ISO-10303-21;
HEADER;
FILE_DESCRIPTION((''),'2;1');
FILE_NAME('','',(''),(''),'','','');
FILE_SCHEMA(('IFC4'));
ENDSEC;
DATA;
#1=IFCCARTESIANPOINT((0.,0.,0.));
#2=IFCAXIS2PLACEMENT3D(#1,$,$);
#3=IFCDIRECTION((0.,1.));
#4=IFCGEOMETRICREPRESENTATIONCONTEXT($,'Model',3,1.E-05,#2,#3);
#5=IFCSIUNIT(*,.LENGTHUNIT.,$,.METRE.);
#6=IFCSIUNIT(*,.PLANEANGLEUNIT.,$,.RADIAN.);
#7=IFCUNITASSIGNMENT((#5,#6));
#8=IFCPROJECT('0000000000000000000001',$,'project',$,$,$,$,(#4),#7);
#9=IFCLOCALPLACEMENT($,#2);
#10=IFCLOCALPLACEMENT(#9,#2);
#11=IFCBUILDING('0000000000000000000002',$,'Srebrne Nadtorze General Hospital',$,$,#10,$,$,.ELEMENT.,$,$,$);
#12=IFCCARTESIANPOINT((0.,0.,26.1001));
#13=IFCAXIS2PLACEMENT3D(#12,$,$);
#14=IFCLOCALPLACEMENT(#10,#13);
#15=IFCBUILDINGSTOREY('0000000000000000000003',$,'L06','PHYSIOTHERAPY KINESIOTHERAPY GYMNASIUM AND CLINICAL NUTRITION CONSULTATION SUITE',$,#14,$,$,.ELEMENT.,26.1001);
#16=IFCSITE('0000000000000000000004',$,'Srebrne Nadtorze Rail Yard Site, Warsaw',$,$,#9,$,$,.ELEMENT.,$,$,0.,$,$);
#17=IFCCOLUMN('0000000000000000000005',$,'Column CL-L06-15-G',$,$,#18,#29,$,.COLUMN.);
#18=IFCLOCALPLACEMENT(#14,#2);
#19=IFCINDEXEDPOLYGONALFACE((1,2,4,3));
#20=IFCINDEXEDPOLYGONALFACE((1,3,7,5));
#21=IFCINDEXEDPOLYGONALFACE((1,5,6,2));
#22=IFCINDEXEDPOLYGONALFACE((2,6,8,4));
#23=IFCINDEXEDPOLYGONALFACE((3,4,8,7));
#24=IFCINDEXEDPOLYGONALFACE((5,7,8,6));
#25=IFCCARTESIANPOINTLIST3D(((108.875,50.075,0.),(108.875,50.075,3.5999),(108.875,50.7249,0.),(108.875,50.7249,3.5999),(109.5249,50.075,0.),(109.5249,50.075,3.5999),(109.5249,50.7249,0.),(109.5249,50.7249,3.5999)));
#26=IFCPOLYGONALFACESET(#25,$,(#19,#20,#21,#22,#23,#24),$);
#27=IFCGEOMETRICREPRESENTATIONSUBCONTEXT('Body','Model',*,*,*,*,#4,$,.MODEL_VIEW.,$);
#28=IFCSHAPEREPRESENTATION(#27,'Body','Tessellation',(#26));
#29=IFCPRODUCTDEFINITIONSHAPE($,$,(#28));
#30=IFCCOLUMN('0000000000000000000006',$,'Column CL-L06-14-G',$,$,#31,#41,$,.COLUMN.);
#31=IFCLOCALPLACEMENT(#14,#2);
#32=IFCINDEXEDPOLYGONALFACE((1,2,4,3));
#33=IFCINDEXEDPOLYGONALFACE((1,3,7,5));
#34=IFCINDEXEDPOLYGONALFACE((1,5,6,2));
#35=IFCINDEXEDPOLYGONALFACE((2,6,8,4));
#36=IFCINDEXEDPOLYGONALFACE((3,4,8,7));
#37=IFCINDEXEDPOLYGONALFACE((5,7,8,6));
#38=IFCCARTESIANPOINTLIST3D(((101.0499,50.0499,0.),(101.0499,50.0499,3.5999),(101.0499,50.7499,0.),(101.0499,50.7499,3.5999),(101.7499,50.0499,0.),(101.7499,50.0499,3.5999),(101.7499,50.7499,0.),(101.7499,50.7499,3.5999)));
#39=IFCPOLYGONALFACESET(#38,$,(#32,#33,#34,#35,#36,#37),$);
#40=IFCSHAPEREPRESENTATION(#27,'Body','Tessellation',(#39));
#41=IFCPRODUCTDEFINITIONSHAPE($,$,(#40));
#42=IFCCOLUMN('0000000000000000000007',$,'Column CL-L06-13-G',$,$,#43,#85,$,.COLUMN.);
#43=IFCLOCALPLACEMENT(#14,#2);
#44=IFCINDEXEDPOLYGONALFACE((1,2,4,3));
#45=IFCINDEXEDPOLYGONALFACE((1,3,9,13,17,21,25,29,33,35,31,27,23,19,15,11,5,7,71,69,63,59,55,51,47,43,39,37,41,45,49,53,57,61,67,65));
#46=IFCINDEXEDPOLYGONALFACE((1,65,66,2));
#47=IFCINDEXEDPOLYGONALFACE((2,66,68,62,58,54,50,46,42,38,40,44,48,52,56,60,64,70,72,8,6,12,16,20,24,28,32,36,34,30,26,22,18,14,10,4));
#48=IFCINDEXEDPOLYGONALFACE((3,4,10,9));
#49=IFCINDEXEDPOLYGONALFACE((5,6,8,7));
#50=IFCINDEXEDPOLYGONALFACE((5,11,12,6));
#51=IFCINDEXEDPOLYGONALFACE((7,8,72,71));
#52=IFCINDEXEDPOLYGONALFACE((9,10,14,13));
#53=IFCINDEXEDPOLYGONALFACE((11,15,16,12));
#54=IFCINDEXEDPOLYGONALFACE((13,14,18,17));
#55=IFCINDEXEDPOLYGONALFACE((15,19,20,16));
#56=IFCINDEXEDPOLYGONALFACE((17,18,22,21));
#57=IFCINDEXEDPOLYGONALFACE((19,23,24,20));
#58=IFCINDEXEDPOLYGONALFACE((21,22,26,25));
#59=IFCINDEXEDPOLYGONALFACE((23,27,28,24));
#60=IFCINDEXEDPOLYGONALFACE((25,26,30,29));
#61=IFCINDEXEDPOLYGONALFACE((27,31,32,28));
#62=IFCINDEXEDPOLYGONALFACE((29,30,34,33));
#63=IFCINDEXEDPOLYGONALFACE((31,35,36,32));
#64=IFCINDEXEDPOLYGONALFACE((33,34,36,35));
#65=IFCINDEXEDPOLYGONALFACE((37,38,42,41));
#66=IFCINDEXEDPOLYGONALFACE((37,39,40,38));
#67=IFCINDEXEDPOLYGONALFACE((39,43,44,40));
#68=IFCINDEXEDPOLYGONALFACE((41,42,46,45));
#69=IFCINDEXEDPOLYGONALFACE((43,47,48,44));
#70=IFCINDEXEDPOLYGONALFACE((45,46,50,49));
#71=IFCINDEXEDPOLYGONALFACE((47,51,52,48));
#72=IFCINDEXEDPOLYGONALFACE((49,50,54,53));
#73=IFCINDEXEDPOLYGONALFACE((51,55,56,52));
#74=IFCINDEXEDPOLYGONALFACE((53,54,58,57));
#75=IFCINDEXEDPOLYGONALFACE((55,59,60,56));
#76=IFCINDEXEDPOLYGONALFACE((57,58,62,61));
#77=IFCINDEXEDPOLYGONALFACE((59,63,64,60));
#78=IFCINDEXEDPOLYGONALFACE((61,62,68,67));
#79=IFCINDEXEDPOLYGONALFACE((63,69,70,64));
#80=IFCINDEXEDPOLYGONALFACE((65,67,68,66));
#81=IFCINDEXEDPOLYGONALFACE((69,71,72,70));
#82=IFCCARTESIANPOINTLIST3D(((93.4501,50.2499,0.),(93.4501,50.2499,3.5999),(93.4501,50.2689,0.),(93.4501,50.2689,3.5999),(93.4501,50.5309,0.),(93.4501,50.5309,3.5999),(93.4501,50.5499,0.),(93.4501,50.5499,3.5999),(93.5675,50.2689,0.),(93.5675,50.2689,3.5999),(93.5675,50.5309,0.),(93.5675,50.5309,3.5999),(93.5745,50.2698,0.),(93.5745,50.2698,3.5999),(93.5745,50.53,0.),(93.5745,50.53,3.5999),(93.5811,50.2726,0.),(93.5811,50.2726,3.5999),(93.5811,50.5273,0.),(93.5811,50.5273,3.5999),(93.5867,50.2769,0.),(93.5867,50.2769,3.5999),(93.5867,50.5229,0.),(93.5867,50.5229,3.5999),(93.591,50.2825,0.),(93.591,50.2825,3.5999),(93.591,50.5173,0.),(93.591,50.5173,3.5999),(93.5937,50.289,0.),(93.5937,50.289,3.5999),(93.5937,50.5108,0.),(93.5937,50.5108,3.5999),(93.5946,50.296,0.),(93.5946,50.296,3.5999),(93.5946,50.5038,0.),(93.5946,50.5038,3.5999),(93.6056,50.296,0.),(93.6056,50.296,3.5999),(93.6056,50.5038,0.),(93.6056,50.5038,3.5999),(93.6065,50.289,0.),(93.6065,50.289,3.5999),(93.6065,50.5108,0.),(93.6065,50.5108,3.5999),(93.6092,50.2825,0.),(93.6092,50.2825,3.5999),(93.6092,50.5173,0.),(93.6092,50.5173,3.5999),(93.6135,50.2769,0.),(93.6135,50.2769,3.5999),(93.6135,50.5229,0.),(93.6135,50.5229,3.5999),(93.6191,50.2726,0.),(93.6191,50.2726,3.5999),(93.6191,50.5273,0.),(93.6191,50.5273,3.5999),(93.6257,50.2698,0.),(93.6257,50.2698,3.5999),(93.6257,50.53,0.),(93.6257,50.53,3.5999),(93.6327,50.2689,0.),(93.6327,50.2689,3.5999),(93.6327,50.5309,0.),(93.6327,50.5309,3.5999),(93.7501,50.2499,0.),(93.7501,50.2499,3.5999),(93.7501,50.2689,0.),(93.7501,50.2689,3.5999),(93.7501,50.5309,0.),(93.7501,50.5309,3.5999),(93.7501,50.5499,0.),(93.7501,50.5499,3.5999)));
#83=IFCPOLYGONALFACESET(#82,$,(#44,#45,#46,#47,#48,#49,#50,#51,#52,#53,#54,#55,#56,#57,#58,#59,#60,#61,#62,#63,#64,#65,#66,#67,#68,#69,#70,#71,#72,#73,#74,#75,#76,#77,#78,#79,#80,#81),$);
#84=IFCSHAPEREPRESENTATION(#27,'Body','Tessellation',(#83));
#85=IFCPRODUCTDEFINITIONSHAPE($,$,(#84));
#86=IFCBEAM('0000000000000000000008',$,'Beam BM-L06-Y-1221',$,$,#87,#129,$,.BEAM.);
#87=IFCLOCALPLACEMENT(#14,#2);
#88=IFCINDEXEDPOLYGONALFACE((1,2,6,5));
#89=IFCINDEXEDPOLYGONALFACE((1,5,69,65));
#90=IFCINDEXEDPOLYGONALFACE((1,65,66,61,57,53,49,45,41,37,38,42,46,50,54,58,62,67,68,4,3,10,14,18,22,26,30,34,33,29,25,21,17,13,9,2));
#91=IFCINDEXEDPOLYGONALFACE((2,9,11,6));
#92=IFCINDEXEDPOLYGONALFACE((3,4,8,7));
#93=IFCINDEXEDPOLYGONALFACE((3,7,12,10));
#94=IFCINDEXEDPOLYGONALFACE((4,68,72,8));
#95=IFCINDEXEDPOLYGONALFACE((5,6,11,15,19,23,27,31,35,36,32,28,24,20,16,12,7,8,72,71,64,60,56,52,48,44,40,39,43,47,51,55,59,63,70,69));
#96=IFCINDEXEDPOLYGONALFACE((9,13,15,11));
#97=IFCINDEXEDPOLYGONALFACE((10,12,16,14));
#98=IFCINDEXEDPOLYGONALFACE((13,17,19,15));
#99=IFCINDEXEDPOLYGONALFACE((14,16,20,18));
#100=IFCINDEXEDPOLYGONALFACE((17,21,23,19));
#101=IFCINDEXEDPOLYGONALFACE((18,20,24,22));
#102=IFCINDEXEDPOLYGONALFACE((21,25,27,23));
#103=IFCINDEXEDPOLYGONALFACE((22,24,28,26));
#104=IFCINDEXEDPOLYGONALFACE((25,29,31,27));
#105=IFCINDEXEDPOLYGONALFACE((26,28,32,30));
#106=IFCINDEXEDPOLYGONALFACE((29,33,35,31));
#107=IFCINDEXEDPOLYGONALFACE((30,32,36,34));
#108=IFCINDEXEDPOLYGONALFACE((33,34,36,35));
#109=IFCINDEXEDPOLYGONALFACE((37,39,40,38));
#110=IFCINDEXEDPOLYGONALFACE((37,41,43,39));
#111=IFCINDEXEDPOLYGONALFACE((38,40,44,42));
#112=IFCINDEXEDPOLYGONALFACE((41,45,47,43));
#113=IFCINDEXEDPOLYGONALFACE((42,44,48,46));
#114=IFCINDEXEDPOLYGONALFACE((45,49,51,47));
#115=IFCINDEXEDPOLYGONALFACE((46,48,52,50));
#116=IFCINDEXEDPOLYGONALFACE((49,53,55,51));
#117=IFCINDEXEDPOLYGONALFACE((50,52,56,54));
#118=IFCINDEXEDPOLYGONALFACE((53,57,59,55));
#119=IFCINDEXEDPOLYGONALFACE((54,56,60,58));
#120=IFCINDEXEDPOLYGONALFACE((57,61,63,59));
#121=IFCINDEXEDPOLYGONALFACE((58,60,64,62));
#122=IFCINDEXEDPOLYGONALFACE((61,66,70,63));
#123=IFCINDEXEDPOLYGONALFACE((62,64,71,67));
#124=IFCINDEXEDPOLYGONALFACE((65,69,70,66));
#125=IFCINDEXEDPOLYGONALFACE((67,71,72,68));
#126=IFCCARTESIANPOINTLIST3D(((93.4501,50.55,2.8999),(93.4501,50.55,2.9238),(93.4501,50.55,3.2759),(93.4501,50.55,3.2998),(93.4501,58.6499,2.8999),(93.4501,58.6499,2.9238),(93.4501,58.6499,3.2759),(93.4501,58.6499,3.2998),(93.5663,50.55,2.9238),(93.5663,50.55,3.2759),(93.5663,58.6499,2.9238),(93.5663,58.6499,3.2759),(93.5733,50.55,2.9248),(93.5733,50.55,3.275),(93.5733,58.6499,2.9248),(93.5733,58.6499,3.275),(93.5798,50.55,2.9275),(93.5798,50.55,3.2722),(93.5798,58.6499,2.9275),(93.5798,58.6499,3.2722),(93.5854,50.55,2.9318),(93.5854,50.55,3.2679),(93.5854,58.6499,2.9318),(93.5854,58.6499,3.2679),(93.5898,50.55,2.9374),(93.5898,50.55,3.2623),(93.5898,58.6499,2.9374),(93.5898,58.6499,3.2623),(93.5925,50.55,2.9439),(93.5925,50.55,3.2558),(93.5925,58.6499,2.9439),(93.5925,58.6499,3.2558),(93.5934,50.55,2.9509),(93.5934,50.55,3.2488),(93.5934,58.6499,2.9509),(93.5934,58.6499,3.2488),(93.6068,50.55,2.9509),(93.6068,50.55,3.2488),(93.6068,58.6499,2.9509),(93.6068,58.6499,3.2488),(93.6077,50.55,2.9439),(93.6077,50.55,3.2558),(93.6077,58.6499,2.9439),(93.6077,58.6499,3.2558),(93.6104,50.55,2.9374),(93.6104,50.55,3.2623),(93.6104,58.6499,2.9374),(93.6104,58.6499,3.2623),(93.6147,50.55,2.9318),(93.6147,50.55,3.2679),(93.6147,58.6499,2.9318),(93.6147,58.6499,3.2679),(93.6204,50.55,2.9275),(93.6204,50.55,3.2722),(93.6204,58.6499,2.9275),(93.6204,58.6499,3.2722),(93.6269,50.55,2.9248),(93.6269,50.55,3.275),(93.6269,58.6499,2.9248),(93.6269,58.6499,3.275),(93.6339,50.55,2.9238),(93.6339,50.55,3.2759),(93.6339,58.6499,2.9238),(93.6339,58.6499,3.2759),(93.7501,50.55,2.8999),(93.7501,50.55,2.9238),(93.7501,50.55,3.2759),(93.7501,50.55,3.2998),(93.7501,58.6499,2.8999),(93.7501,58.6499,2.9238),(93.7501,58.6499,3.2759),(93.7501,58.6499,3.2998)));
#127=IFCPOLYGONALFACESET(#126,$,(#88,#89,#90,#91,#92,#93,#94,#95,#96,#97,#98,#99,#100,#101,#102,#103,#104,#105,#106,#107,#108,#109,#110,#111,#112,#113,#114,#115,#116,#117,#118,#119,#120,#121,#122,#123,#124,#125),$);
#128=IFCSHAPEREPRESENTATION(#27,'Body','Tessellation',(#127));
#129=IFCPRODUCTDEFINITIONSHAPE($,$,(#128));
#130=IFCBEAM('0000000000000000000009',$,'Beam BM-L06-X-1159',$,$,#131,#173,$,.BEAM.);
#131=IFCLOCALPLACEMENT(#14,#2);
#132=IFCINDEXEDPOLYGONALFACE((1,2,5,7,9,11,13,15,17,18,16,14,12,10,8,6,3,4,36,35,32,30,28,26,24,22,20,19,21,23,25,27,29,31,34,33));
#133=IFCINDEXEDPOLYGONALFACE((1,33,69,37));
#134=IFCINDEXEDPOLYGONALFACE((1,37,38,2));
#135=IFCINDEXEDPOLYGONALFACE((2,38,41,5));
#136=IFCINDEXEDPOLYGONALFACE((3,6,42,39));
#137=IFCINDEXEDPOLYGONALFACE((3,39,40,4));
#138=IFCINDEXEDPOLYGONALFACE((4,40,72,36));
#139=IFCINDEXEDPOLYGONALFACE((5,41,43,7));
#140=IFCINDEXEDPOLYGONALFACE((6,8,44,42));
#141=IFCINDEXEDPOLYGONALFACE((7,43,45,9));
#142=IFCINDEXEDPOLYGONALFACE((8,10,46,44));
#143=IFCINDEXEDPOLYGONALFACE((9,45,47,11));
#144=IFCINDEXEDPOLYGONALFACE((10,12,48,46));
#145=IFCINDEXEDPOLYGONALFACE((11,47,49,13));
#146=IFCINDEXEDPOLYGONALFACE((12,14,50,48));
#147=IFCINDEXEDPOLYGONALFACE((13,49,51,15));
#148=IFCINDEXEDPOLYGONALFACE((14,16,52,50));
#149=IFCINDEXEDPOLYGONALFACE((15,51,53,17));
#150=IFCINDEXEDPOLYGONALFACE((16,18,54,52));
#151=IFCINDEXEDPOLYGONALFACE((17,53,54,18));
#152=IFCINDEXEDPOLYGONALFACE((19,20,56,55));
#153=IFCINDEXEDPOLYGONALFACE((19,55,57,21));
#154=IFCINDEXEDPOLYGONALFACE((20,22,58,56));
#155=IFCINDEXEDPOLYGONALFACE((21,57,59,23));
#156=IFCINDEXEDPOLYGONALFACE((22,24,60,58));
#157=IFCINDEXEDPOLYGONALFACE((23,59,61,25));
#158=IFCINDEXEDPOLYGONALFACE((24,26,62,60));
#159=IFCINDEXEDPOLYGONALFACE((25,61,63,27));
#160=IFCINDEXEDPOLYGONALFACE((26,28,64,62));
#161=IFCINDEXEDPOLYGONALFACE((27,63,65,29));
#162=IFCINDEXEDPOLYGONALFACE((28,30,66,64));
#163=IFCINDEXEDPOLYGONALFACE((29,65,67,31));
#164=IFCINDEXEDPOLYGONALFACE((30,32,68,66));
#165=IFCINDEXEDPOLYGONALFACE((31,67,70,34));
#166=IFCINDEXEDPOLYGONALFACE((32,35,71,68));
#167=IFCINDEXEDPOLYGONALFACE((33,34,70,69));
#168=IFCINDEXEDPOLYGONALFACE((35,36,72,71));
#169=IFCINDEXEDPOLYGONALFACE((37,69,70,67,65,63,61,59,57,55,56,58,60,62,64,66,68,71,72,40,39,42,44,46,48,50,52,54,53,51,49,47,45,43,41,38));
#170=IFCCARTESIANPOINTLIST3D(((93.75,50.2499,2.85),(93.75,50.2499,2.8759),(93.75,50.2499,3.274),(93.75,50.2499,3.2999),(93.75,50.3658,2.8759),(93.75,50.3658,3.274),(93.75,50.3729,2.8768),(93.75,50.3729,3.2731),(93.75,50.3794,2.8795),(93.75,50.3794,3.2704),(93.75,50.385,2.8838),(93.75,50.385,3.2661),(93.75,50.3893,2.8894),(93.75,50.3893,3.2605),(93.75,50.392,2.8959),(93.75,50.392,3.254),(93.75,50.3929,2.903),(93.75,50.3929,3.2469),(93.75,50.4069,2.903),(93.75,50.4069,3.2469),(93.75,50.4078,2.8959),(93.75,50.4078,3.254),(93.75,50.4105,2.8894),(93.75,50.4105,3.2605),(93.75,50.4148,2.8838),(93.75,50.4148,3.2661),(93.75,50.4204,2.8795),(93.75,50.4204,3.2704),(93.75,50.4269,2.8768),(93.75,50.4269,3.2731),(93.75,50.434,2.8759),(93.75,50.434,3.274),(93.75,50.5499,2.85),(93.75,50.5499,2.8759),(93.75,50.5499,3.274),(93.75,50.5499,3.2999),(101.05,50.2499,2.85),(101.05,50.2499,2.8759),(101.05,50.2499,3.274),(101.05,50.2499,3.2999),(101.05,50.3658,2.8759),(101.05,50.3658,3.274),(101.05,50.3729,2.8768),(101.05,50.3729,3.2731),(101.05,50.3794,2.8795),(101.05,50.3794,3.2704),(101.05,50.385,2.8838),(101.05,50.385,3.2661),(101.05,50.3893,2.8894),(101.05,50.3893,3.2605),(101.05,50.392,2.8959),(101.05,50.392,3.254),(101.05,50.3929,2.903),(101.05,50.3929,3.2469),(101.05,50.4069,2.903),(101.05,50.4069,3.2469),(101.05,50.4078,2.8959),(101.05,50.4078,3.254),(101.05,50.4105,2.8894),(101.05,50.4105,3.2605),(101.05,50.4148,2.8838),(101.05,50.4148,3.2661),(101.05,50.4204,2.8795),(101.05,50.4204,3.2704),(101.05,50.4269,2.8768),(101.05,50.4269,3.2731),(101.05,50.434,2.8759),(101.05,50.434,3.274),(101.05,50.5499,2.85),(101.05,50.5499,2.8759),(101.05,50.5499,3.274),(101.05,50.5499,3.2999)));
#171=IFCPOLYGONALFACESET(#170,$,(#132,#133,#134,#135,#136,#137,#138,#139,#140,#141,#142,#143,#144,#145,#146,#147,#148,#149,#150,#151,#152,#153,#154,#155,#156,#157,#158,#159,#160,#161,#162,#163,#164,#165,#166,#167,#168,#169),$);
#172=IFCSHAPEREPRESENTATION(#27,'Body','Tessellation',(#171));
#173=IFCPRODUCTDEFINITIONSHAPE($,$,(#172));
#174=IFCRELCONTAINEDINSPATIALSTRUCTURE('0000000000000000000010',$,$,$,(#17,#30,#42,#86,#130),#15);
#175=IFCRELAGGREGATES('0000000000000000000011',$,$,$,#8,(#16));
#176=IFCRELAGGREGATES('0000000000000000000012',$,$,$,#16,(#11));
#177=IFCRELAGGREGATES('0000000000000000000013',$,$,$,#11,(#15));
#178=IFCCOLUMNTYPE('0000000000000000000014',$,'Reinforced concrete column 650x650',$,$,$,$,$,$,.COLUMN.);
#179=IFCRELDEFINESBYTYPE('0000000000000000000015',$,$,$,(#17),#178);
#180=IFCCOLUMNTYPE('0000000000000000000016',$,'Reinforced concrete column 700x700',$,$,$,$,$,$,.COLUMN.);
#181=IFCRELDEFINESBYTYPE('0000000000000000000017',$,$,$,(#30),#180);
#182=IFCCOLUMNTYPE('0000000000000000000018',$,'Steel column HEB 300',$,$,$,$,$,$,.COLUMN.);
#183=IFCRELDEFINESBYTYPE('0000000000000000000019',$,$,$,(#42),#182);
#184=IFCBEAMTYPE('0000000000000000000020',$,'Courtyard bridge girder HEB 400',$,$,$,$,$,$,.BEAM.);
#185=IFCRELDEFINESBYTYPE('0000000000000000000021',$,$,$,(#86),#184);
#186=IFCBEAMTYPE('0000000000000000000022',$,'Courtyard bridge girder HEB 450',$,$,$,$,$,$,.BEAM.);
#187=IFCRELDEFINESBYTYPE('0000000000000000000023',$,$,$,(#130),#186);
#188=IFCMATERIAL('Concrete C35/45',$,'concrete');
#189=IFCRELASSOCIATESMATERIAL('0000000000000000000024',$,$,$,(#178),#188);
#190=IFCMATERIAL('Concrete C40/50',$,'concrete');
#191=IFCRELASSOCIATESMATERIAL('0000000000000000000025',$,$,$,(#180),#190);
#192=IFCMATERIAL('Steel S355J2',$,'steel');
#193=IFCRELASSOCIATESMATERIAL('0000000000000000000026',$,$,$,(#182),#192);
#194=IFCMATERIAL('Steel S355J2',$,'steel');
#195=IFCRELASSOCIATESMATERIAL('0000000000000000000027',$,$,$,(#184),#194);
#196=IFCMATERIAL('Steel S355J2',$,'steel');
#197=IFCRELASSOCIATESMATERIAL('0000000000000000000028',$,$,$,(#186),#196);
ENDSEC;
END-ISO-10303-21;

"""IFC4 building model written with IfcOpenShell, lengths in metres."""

from ifc_helpers import new_model, si_unit, direction, frame, origin, origin_2d, place, context, subcontext, project, spatial, rectangle, i_section, extrude, material, material_profile, profile_set, type_object, element, save


model = new_model("IFC4")

# Units and contexts
model_context = context("Model", 3, precision=1e-05, world=origin(), true_north=direction((0.0, 1.0)))
body_context = subcontext(model_context, "Body", "Model", "MODEL_VIEW")
ifc_project = project(units=[si_unit("LENGTHUNIT", "METRE"), si_unit("PLANEANGLEUNIT", "RADIAN")], contexts=[model_context])

# Site, building, storey
site_placement = place(None, origin())
site = spatial("IfcSite", under=ifc_project, at=site_placement, Name="Srebrne Nadtorze Rail Yard Site, Warsaw", CompositionType="ELEMENT", RefElevation=0.0)
building_placement = place(site_placement, origin())
building = spatial("IfcBuilding", under=site, at=building_placement, Name="Srebrne Nadtorze General Hospital", CompositionType="ELEMENT")
storey_placement = place(building_placement, frame((0.0, 0.0, 26.1001)))
storey = spatial("IfcBuildingStorey", under=building, at=storey_placement, Name="L06", Description="PHYSIOTHERAPY KINESIOTHERAPY GYMNASIUM AND CLINICAL NUTRITION CONSULTATION SUITE", CompositionType="ELEMENT", Elevation=26.1001)

# Columns
ifc_material_1 = material(Name="Concrete C35/45", Category="concrete")
ifc_material_profile_1 = material_profile(ifc_material_1, rectangle(XDim=0.6499, YDim=0.6499, at=origin_2d()), Name="RC-COL-650x650")
ifc_profile_set_1 = profile_set([ifc_material_profile_1], Name="Concrete C35/45")
column_type_1 = type_object("IfcColumnType", Name="Reinforced concrete column 650x650", PredefinedType="COLUMN", material=ifc_profile_set_1)
column_1_placement = place(storey_placement, frame((109.2, 50.3999, 0.0), z_axis=(0.0, 0.0, 1.0), x_axis=(1.0, 0.0, 0.0)))
element("IfcColumn", 1, at=column_1_placement, inside=storey, type_object=column_type_1, Name="Column CL-L06-15-G", PredefinedType="COLUMN", context=body_context, shape_type="SweptSolid", body=[
    extrude(rectangle(XDim=0.6499, YDim=0.6499, at=origin_2d()), origin(), (0.0, 0.0, 1.0), 3.5999),
])
ifc_material_2 = material(Name="Concrete C40/50", Category="concrete")
ifc_material_profile_2 = material_profile(ifc_material_2, rectangle(XDim=0.7, YDim=0.7, at=origin_2d()), Name="RC-COL-700x700")
ifc_profile_set_2 = profile_set([ifc_material_profile_2], Name="Concrete C40/50")
column_type_2 = type_object("IfcColumnType", Name="Reinforced concrete column 700x700", PredefinedType="COLUMN", material=ifc_profile_set_2)
column_2_placement = place(storey_placement, frame((101.3999, 50.3999, 0.0), z_axis=(0.0, 0.0, 1.0), x_axis=(1.0, 0.0, 0.0)))
element("IfcColumn", 2, at=column_2_placement, inside=storey, type_object=column_type_2, Name="Column CL-L06-14-G", PredefinedType="COLUMN", context=body_context, shape_type="SweptSolid", body=[
    extrude(rectangle(XDim=0.7, YDim=0.7, at=origin_2d()), origin(), (0.0, 0.0, 1.0), 3.5999),
])
ifc_material_3 = material(Name="Steel S355J2", Category="steel")
ifc_material_profile_3 = material_profile(ifc_material_3, i_section(OverallWidth=0.3, OverallDepth=0.3, WebThickness=0.011, FlangeThickness=0.019, FilletRadius=0.0271, at=origin_2d()), Name="HEB-300")
ifc_profile_set_3 = profile_set([ifc_material_profile_3], Name="Steel S355J2")
column_type_3 = type_object("IfcColumnType", Name="Steel column HEB 300", PredefinedType="COLUMN", material=ifc_profile_set_3)
column_3_placement = place(storey_placement, frame((93.6001, 50.3999, 0.0), z_axis=(0.0, 0.0, 1.0), x_axis=(1.0, 0.0, 0.0)))
element("IfcColumn", 3, at=column_3_placement, inside=storey, type_object=column_type_3, Name="Column CL-L06-13-G", PredefinedType="COLUMN", context=body_context, shape_type="SweptSolid", body=[
    extrude(i_section(OverallWidth=0.3, OverallDepth=0.3, WebThickness=0.011, FlangeThickness=0.019, FilletRadius=0.0271, at=origin_2d()), origin(), (0.0, 0.0, 1.0), 3.5999),
])

# Beams
ifc_material_4 = material(Name="Steel S355J2", Category="steel")
ifc_material_profile_4 = material_profile(ifc_material_4, i_section(OverallWidth=0.3, OverallDepth=0.3999, WebThickness=0.0134, FlangeThickness=0.0239, FilletRadius=0.0271, at=origin_2d()), Name="HEB-400")
ifc_profile_set_4 = profile_set([ifc_material_profile_4], Name="Steel S355J2")
beam_type_1 = type_object("IfcBeamType", Name="Courtyard bridge girder HEB 400", PredefinedType="BEAM", material=ifc_profile_set_4)
beam_1_placement = place(storey_placement, frame((93.6001, 50.55, 3.0999), z_axis=(0.0, 1.0, 0.0), x_axis=(-1.0, 0.0, 0.0)))
element("IfcBeam", 4, at=beam_1_placement, inside=storey, type_object=beam_type_1, Name="Beam BM-L06-Y-1221", PredefinedType="BEAM", context=body_context, shape_type="SweptSolid", body=[
    extrude(i_section(OverallWidth=0.3, OverallDepth=0.3999, WebThickness=0.0134, FlangeThickness=0.0239, FilletRadius=0.0271, at=origin_2d()), origin(), (0.0, 0.0, 1.0), 8.0999),
])
ifc_material_5 = material(Name="Steel S355J2", Category="steel")
ifc_material_profile_5 = material_profile(ifc_material_5, i_section(OverallWidth=0.3, OverallDepth=0.45, WebThickness=0.0139, FlangeThickness=0.0259, FilletRadius=0.0271, at=origin_2d()), Name="HEB-450")
ifc_profile_set_5 = profile_set([ifc_material_profile_5], Name="Steel S355J2")
beam_type_2 = type_object("IfcBeamType", Name="Courtyard bridge girder HEB 450", PredefinedType="BEAM", material=ifc_profile_set_5)
beam_2_placement = place(storey_placement, frame((93.75, 50.3999, 3.075), z_axis=(1.0, 0.0, 0.0), x_axis=(0.0, 1.0, 0.0)))
element("IfcBeam", 5, at=beam_2_placement, inside=storey, type_object=beam_type_2, Name="Beam BM-L06-X-1159", PredefinedType="BEAM", context=body_context, shape_type="SweptSolid", body=[
    extrude(i_section(OverallWidth=0.3, OverallDepth=0.45, WebThickness=0.0139, FlangeThickness=0.0259, FilletRadius=0.0271, at=origin_2d()), origin(), (0.0, 0.0, 1.0), 7.3),
])

save(model, "model.ifc")
